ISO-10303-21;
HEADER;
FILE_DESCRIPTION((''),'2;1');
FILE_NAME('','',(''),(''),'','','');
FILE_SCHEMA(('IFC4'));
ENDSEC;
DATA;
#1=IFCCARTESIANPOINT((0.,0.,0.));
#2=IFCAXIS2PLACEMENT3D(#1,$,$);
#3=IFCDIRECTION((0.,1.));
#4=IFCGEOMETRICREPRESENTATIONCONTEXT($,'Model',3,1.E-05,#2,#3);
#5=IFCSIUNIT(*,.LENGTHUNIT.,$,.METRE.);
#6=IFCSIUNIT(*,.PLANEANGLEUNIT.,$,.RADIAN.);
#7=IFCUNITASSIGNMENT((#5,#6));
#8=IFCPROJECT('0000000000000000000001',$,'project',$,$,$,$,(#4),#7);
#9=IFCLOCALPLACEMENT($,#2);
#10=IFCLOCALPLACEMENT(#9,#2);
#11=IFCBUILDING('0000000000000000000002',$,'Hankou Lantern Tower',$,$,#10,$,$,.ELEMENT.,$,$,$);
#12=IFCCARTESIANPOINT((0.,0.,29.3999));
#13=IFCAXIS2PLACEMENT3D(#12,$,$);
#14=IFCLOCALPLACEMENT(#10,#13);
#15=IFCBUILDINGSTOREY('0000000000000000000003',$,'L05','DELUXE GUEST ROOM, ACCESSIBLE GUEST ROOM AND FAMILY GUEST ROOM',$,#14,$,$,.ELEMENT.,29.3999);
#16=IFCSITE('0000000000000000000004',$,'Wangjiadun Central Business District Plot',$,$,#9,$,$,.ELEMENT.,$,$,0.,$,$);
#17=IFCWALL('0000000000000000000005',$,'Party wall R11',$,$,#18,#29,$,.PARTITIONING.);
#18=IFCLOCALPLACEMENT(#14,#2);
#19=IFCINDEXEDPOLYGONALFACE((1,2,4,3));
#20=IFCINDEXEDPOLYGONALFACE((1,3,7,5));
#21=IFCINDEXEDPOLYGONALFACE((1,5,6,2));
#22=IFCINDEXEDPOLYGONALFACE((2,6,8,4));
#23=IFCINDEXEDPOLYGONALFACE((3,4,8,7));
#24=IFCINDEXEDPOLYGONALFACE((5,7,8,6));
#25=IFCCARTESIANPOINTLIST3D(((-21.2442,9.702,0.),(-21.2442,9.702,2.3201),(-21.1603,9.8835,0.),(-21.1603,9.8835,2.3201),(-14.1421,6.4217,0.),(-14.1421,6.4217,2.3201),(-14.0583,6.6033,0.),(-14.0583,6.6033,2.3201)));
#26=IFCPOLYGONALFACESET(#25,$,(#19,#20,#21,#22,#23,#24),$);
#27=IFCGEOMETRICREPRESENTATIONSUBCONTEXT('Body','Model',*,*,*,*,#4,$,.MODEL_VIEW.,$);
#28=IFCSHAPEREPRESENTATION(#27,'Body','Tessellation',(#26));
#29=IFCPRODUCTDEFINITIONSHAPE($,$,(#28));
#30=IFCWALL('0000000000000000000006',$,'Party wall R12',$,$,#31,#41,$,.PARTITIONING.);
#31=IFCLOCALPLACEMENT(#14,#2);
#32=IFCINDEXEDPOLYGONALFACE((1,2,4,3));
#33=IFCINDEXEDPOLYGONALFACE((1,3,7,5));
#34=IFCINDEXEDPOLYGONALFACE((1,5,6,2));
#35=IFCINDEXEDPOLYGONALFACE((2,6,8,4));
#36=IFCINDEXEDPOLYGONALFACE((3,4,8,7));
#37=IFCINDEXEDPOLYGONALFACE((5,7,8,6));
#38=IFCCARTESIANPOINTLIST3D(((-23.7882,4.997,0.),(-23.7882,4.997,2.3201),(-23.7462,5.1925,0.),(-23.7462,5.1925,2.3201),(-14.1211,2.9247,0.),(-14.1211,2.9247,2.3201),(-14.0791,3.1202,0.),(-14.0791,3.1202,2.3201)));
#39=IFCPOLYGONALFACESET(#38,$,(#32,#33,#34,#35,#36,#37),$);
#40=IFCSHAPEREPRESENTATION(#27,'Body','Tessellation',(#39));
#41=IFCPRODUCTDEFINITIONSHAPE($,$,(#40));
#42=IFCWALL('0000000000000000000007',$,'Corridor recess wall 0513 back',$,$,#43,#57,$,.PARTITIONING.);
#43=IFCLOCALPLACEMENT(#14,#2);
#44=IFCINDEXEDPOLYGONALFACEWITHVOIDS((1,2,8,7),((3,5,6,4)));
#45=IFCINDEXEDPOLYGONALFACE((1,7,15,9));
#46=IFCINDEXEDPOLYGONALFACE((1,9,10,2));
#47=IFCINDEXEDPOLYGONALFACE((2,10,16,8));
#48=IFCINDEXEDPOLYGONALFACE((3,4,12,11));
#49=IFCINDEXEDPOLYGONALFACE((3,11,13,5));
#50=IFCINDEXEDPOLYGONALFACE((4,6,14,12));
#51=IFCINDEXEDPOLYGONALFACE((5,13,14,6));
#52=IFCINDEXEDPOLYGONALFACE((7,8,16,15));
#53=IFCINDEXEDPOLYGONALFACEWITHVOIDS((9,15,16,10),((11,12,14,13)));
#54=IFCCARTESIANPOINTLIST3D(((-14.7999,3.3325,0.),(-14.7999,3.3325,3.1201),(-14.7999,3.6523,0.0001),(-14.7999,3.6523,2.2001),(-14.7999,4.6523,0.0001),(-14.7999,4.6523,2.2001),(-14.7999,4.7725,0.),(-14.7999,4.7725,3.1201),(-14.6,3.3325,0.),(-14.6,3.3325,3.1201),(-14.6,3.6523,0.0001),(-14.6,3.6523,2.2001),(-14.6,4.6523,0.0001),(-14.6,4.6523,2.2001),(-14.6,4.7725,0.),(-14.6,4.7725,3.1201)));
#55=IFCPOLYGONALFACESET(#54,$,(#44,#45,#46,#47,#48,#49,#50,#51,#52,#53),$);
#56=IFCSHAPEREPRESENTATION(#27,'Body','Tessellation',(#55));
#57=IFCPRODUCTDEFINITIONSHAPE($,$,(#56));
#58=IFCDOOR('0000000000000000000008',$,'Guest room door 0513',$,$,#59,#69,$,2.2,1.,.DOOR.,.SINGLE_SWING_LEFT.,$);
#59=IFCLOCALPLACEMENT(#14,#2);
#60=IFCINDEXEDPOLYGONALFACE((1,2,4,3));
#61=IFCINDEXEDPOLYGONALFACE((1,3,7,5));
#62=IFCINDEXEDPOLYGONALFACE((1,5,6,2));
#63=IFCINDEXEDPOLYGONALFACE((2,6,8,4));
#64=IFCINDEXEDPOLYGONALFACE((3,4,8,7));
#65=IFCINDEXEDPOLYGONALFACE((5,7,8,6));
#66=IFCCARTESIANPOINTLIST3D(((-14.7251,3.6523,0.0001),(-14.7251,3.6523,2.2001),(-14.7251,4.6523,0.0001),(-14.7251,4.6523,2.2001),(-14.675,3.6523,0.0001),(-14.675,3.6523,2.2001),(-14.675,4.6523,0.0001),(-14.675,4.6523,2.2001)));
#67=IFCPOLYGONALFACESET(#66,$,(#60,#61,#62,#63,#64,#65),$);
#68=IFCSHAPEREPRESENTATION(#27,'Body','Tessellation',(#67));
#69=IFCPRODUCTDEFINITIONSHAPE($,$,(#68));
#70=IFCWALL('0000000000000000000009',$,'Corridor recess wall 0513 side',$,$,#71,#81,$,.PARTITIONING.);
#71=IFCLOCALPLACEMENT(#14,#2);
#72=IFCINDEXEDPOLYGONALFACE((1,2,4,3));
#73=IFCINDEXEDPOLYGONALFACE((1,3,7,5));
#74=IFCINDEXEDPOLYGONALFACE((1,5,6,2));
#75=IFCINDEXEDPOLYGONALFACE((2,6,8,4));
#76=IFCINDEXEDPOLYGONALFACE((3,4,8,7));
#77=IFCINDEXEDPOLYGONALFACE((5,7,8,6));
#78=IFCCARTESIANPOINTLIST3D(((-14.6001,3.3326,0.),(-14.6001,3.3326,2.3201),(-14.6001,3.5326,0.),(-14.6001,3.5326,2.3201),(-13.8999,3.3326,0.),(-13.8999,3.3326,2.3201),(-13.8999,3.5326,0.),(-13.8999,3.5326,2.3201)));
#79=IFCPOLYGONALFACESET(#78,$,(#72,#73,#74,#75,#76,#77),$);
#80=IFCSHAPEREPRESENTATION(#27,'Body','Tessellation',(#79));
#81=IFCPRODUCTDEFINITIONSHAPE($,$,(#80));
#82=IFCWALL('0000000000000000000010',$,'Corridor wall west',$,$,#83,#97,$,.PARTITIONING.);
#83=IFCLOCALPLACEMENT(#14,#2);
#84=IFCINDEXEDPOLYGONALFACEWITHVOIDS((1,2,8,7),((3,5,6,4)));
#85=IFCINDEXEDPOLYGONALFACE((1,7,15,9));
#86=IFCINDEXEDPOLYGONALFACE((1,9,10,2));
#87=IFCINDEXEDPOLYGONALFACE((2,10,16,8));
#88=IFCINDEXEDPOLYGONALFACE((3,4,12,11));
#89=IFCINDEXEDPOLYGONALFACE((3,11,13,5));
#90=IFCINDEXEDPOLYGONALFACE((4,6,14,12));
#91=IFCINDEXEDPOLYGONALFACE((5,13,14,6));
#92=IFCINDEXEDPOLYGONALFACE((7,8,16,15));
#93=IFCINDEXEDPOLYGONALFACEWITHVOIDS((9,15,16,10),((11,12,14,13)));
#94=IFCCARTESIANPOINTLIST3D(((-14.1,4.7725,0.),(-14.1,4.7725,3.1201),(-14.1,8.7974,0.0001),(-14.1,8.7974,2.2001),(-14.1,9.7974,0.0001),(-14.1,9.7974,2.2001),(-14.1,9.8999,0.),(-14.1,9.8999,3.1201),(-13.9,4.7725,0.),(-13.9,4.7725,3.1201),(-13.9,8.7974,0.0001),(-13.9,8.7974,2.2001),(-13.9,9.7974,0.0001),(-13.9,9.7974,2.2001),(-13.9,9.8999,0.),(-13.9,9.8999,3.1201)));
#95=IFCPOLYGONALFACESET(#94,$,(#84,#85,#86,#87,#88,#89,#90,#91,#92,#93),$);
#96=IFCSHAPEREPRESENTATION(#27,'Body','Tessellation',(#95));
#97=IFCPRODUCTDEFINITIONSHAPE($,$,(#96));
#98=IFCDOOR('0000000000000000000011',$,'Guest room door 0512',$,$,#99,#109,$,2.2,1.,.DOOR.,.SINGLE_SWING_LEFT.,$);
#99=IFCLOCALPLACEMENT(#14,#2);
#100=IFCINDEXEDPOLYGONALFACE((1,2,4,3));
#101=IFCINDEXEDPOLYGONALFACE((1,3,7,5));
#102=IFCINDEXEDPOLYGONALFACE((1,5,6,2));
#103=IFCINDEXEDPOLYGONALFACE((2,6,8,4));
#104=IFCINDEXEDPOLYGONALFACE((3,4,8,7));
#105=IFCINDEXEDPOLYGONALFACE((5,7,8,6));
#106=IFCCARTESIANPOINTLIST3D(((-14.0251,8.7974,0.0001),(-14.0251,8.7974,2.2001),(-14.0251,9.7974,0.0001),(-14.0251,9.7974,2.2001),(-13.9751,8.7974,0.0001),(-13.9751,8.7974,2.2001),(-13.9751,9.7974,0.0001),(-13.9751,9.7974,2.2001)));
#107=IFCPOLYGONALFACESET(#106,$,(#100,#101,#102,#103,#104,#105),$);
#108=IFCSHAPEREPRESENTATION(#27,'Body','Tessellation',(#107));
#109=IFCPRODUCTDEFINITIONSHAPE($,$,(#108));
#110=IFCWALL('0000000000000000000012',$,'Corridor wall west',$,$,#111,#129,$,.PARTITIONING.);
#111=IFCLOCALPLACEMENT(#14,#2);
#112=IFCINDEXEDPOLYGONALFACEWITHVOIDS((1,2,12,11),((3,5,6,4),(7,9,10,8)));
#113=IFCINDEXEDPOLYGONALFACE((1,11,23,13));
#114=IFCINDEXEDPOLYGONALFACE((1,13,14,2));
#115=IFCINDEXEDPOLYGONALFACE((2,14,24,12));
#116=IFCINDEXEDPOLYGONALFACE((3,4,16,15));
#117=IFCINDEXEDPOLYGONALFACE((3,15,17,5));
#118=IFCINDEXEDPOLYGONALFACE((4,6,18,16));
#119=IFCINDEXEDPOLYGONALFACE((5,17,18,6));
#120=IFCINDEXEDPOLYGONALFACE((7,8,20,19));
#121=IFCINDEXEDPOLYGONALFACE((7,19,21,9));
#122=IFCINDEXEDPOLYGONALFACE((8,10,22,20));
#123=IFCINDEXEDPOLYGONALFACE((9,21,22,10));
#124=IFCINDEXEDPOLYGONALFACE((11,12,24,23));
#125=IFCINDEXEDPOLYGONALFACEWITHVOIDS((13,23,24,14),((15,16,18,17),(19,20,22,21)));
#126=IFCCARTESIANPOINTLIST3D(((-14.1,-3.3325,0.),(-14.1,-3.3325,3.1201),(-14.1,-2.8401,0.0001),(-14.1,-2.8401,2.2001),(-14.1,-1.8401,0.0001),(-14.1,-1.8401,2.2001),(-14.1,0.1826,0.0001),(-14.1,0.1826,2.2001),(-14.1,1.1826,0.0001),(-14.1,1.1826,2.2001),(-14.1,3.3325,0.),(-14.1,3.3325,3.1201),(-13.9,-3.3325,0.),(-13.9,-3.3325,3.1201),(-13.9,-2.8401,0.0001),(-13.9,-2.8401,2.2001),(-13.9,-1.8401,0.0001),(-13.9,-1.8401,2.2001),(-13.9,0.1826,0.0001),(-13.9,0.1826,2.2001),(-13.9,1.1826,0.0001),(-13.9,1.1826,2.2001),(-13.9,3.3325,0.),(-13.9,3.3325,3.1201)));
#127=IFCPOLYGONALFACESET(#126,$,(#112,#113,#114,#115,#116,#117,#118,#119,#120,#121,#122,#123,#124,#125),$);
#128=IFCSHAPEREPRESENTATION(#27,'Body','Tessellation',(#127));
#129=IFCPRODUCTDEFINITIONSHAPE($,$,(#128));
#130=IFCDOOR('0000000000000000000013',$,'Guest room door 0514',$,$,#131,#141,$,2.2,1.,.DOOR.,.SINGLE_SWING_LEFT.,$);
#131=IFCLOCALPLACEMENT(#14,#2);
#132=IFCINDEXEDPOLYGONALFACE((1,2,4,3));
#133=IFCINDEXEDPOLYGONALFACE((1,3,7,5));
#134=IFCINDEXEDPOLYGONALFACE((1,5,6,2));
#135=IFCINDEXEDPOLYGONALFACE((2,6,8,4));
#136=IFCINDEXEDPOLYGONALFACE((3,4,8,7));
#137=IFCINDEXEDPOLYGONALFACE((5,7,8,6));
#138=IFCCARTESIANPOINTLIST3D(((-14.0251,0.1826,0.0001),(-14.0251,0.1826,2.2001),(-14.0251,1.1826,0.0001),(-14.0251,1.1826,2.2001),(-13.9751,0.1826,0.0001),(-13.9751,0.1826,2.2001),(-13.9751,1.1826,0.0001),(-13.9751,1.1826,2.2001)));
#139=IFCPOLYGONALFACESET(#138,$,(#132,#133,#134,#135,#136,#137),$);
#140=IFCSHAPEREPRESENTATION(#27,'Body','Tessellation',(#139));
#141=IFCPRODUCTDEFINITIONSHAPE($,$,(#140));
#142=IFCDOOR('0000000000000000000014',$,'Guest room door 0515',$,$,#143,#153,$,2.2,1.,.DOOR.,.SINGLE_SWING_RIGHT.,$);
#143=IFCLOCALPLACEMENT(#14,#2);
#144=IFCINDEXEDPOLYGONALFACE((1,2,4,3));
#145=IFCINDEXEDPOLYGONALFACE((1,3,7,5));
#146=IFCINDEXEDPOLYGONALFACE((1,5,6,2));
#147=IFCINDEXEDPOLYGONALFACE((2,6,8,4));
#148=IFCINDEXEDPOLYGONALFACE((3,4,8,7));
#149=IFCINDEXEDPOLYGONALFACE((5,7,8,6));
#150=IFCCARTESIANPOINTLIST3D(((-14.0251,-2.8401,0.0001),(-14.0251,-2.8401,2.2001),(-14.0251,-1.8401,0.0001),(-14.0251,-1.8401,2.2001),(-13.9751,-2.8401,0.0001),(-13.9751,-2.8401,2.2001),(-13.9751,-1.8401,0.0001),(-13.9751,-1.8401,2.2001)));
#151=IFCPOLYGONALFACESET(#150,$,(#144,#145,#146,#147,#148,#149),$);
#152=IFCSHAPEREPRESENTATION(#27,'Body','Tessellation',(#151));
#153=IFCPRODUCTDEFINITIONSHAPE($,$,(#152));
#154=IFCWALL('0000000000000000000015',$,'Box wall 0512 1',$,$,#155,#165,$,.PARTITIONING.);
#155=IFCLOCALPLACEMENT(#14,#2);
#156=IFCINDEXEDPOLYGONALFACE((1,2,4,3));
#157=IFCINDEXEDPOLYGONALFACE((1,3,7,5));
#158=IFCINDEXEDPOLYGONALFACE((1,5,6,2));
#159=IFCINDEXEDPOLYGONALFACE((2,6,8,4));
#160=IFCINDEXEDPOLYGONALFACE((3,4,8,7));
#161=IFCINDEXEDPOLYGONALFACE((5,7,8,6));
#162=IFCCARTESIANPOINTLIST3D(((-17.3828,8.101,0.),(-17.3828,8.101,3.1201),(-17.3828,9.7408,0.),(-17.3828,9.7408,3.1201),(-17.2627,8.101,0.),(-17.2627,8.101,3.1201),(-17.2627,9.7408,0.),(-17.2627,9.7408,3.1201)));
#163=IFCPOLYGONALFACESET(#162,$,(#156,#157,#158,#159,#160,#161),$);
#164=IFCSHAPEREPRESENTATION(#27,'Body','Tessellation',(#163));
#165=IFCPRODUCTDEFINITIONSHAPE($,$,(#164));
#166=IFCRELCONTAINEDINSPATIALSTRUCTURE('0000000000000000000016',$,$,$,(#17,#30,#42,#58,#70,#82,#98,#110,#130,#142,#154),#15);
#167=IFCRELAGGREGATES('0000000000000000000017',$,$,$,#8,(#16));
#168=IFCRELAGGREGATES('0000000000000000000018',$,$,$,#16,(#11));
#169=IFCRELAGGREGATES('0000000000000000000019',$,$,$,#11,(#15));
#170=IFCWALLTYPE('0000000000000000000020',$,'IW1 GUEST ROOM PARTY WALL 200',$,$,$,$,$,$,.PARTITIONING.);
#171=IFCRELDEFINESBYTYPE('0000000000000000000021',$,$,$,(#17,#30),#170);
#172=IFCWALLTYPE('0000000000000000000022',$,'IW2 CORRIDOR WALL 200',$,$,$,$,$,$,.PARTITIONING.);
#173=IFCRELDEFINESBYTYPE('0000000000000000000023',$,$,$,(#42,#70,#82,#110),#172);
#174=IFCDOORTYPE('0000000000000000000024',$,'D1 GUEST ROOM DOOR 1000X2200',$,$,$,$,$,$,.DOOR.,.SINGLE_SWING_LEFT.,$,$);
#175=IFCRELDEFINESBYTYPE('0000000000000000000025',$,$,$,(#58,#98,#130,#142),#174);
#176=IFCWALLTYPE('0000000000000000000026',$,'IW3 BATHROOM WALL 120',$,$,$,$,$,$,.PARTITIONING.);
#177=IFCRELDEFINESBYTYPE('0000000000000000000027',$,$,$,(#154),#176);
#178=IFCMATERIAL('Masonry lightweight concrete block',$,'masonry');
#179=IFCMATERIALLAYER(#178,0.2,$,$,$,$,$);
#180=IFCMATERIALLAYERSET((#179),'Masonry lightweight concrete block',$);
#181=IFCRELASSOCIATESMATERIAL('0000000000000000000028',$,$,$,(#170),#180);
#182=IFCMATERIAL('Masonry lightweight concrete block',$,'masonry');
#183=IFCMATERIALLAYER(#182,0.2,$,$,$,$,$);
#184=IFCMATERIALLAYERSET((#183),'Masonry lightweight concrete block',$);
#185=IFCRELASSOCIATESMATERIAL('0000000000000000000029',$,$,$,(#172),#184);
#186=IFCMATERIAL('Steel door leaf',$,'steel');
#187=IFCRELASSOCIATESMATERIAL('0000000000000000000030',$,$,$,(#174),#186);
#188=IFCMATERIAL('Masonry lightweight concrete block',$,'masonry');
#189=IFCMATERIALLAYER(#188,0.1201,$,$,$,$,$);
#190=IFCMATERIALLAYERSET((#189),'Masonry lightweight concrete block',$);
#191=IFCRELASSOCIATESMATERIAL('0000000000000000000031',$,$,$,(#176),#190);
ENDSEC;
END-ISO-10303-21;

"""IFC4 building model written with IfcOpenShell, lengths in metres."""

from ifc_helpers import new_model, si_unit, direction, frame, frame_2d, origin, place, context, subcontext, project, spatial, rectangle, extrude, material, layer, layer_set, type_object, element, fill, save


model = new_model("IFC4")

# Units and contexts
model_context = context("Model", 3, precision=1e-05, world=origin(), true_north=direction((0.0, 1.0)))
body_context = subcontext(model_context, "Body", "Model", "MODEL_VIEW")
ifc_project = project(units=[si_unit("LENGTHUNIT", "METRE"), si_unit("PLANEANGLEUNIT", "RADIAN")], contexts=[model_context])

# Site, building, storey
site_placement = place(None, origin())
site = spatial("IfcSite", under=ifc_project, at=site_placement, Name="Wangjiadun Central Business District Plot", CompositionType="ELEMENT", RefElevation=0.0)
building_placement = place(site_placement, origin())
building = spatial("IfcBuilding", under=site, at=building_placement, Name="Hankou Lantern Tower", CompositionType="ELEMENT")
storey_placement = place(building_placement, frame((0.0, 0.0, 29.3999)))
storey = spatial("IfcBuildingStorey", under=building, at=storey_placement, Name="L05", Description="DELUXE GUEST ROOM, ACCESSIBLE GUEST ROOM AND FAMILY GUEST ROOM", CompositionType="ELEMENT", Elevation=29.3999)

# Walls
ifc_material_1 = material(Name="Masonry lightweight concrete block", Category="masonry")
ifc_layer_1 = layer(ifc_material_1, 0.2)
ifc_layer_set_1 = layer_set([ifc_layer_1], Name="Masonry lightweight concrete block")
wall_type_1 = type_object("IfcWallType", Name="IW1 GUEST ROOM PARTY WALL 200", PredefinedType="PARTITIONING", material=ifc_layer_set_1)
wall_1_placement = place(storey_placement, frame((-14.1001, 6.5125, 0.0), z_axis=(0.0, 0.0, 1.0), x_axis=(-0.907842, 0.419311, 0.0)))
element("IfcWall", 1, at=wall_1_placement, inside=storey, type_object=wall_type_1, Name="Party wall R11", PredefinedType="PARTITIONING", context=body_context, shape_type="SweptSolid", body=[
    extrude(rectangle(XDim=7.823, YDim=0.2, at=frame_2d((3.9116, 0.0))), origin(), (0.0, 0.0, 1.0), 2.3201),
])
wall_2_placement = place(storey_placement, frame((-14.1001, 3.0225, 0.0), z_axis=(0.0, 0.0, 1.0), x_axis=(-0.977787, 0.209603, 0.0)))
element("IfcWall", 2, at=wall_2_placement, inside=storey, type_object=wall_type_1, Name="Party wall R12", PredefinedType="PARTITIONING", context=body_context, shape_type="SweptSolid", body=[
    extrude(rectangle(XDim=9.8867, YDim=0.2, at=frame_2d((4.9434, 0.0))), origin(), (0.0, 0.0, 1.0), 2.3201),
])

# Wall, opening, door
ifc_material_2 = material(Name="Masonry lightweight concrete block", Category="masonry")
ifc_layer_2 = layer(ifc_material_2, 0.2)
ifc_layer_set_2 = layer_set([ifc_layer_2], Name="Masonry lightweight concrete block")
wall_type_2 = type_object("IfcWallType", Name="IW2 CORRIDOR WALL 200", PredefinedType="PARTITIONING", material=ifc_layer_set_2)
wall_3_placement = place(storey_placement, frame((-14.7, 4.7725, 0.0), z_axis=(0.0, 0.0, 1.0), x_axis=(0.0, -1.0, 0.0)))
wall_3 = element("IfcWall", 3, at=wall_3_placement, inside=storey, type_object=wall_type_2, Name="Corridor recess wall 0513 back", PredefinedType="PARTITIONING", context=body_context, shape_type="SweptSolid", body=[
    extrude(rectangle(XDim=1.4399, YDim=0.2, at=frame_2d((0.72, 0.0))), origin(), (0.0, 0.0, 1.0), 3.1201),
])
opening_1_placement = place(wall_3_placement, frame((0.1201, 0.0, 0.0)))
opening_1 = element("IfcOpeningElement", 4, at=opening_1_placement, cuts=wall_3, PredefinedType="OPENING", context=body_context, shape_type="SweptSolid", body=[
    extrude(rectangle(XDim=1.0, YDim=2.2, at=frame_2d((0.5, 1.1001))), frame((0.0, 0.1099, 0.0), z_axis=(0.0, -1.0, 0.0), x_axis=(1.0, 0.0, 0.0)), (0.0, 0.0, 1.0), 0.22),
])
ifc_material_3 = material(Name="Steel door leaf", Category="steel")
door_type_1 = type_object("IfcDoorType", Name="D1 GUEST ROOM DOOR 1000X2200", OperationType="SINGLE_SWING_LEFT", PredefinedType="DOOR", material=ifc_material_3)
door_1_placement = place(opening_1_placement, origin())
door_1 = element("IfcDoor", 5, at=door_1_placement, inside=storey, type_object=door_type_1, Name="Guest room door 0513", OperationType="SINGLE_SWING_LEFT", OverallHeight=2.2, OverallWidth=1.0, PredefinedType="DOOR", context=body_context, shape_type="SweptSolid", body=[
    extrude(rectangle(XDim=1.0, YDim=2.2, at=frame_2d((0.5, 1.1001))), frame((0.0, 0.0249, 0.0), z_axis=(0.0, -1.0, 0.0), x_axis=(1.0, 0.0, 0.0)), (0.0, 0.0, 1.0), 0.05),
])
fill(opening_1, door_1)

# Wall
wall_4_placement = place(storey_placement, frame((-13.8999, 3.4326, 0.0), z_axis=(0.0, 0.0, 1.0), x_axis=(-1.0, 0.0, 0.0)))
element("IfcWall", 6, at=wall_4_placement, inside=storey, type_object=wall_type_2, Name="Corridor recess wall 0513 side", PredefinedType="PARTITIONING", context=body_context, shape_type="SweptSolid", body=[
    extrude(rectangle(XDim=0.7002, YDim=0.2, at=frame_2d((0.3501, 0.0))), origin(), (0.0, 0.0, 1.0), 2.3201),
])

# Wall, opening, door
wall_5_placement = place(storey_placement, frame((-14.0, 9.8999, 0.0), z_axis=(0.0, 0.0, 1.0), x_axis=(0.0, -1.0, 0.0)))
wall_5 = element("IfcWall", 7, at=wall_5_placement, inside=storey, type_object=wall_type_2, Name="Corridor wall west", PredefinedType="PARTITIONING", context=body_context, shape_type="SweptSolid", body=[
    extrude(rectangle(XDim=5.1274, YDim=0.2, at=frame_2d((2.5637, 0.0))), origin(), (0.0, 0.0, 1.0), 3.1201),
])
opening_2_placement = place(wall_5_placement, frame((0.1025, 0.0, 0.0)))
opening_2 = element("IfcOpeningElement", 8, at=opening_2_placement, cuts=wall_5, PredefinedType="OPENING", context=body_context, shape_type="SweptSolid", body=[
    extrude(rectangle(XDim=1.0, YDim=2.2, at=frame_2d((0.5, 1.1001))), frame((0.0, 0.1099, 0.0), z_axis=(0.0, -1.0, 0.0), x_axis=(1.0, 0.0, 0.0)), (0.0, 0.0, 1.0), 0.22),
])
door_2_placement = place(opening_2_placement, origin())
door_2 = element("IfcDoor", 9, at=door_2_placement, inside=storey, type_object=door_type_1, Name="Guest room door 0512", OperationType="SINGLE_SWING_LEFT", OverallHeight=2.2, OverallWidth=1.0, PredefinedType="DOOR", context=body_context, shape_type="SweptSolid", body=[
    extrude(rectangle(XDim=1.0, YDim=2.2, at=frame_2d((0.5, 1.1001))), frame((0.0, 0.0249, 0.0), z_axis=(0.0, -1.0, 0.0), x_axis=(1.0, 0.0, 0.0)), (0.0, 0.0, 1.0), 0.05),
])
fill(opening_2, door_2)

# Wall, openings, doors
wall_6_placement = place(storey_placement, frame((-14.0, 3.3325, 0.0), z_axis=(0.0, 0.0, 1.0), x_axis=(0.0, -1.0, 0.0)))
wall_6 = element("IfcWall", 10, at=wall_6_placement, inside=storey, type_object=wall_type_2, Name="Corridor wall west", PredefinedType="PARTITIONING", context=body_context, shape_type="SweptSolid", body=[
    extrude(rectangle(XDim=6.665, YDim=0.2, at=frame_2d((3.3325, 0.0))), origin(), (0.0, 0.0, 1.0), 3.1201),
])
opening_3_placement = place(wall_6_placement, frame((2.1499, 0.0, 0.0)))
opening_3 = element("IfcOpeningElement", 11, at=opening_3_placement, cuts=wall_6, PredefinedType="OPENING", context=body_context, shape_type="SweptSolid", body=[
    extrude(rectangle(XDim=1.0, YDim=2.2, at=frame_2d((0.5, 1.1001))), frame((0.0, 0.1099, 0.0), z_axis=(0.0, -1.0, 0.0), x_axis=(1.0, 0.0, 0.0)), (0.0, 0.0, 1.0), 0.22),
])
opening_4_placement = place(wall_6_placement, frame((5.1726, 0.0, 0.0)))
opening_4 = element("IfcOpeningElement", 12, at=opening_4_placement, cuts=wall_6, PredefinedType="OPENING", context=body_context, shape_type="SweptSolid", body=[
    extrude(rectangle(XDim=1.0, YDim=2.2, at=frame_2d((0.5, 1.1001))), frame((0.0, 0.1099, 0.0), z_axis=(0.0, -1.0, 0.0), x_axis=(1.0, 0.0, 0.0)), (0.0, 0.0, 1.0), 0.22),
])
door_3_placement = place(opening_3_placement, origin())
door_3 = element("IfcDoor", 13, at=door_3_placement, inside=storey, type_object=door_type_1, Name="Guest room door 0514", OperationType="SINGLE_SWING_LEFT", OverallHeight=2.2, OverallWidth=1.0, PredefinedType="DOOR", context=body_context, shape_type="SweptSolid", body=[
    extrude(rectangle(XDim=1.0, YDim=2.2, at=frame_2d((0.5, 1.1001))), frame((0.0, 0.0249, 0.0), z_axis=(0.0, -1.0, 0.0), x_axis=(1.0, 0.0, 0.0)), (0.0, 0.0, 1.0), 0.05),
])
fill(opening_3, door_3)
door_4_placement = place(opening_4_placement, origin())
door_4 = element("IfcDoor", 14, at=door_4_placement, inside=storey, type_object=door_type_1, Name="Guest room door 0515", OperationType="SINGLE_SWING_RIGHT", OverallHeight=2.2, OverallWidth=1.0, PredefinedType="DOOR", context=body_context, shape_type="SweptSolid", body=[
    extrude(rectangle(XDim=1.0, YDim=2.2, at=frame_2d((0.5, 1.1001))), frame((0.0, 0.0249, 0.0), z_axis=(0.0, -1.0, 0.0), x_axis=(1.0, 0.0, 0.0)), (0.0, 0.0, 1.0), 0.05),
])
fill(opening_4, door_4)

# Wall
ifc_material_4 = material(Name="Masonry lightweight concrete block", Category="masonry")
ifc_layer_3 = layer(ifc_material_4, 0.1201)
ifc_layer_set_3 = layer_set([ifc_layer_3], Name="Masonry lightweight concrete block")
wall_type_3 = type_object("IfcWallType", Name="IW3 BATHROOM WALL 120", PredefinedType="PARTITIONING", material=ifc_layer_set_3)
wall_7_placement = place(storey_placement, frame((-17.3228, 8.1011, 0.0), z_axis=(0.0, 0.0, 1.0), x_axis=(0.0, 1.0, 0.0)))
element("IfcWall", 15, at=wall_7_placement, inside=storey, type_object=wall_type_3, Name="Box wall 0512 1", PredefinedType="PARTITIONING", context=body_context, shape_type="SweptSolid", body=[
    extrude(rectangle(XDim=1.6399, YDim=0.1201, at=frame_2d((0.8198, 0.0))), origin(), (0.0, 0.0, 1.0), 3.1201),
])

save(model, "model.ifc")
